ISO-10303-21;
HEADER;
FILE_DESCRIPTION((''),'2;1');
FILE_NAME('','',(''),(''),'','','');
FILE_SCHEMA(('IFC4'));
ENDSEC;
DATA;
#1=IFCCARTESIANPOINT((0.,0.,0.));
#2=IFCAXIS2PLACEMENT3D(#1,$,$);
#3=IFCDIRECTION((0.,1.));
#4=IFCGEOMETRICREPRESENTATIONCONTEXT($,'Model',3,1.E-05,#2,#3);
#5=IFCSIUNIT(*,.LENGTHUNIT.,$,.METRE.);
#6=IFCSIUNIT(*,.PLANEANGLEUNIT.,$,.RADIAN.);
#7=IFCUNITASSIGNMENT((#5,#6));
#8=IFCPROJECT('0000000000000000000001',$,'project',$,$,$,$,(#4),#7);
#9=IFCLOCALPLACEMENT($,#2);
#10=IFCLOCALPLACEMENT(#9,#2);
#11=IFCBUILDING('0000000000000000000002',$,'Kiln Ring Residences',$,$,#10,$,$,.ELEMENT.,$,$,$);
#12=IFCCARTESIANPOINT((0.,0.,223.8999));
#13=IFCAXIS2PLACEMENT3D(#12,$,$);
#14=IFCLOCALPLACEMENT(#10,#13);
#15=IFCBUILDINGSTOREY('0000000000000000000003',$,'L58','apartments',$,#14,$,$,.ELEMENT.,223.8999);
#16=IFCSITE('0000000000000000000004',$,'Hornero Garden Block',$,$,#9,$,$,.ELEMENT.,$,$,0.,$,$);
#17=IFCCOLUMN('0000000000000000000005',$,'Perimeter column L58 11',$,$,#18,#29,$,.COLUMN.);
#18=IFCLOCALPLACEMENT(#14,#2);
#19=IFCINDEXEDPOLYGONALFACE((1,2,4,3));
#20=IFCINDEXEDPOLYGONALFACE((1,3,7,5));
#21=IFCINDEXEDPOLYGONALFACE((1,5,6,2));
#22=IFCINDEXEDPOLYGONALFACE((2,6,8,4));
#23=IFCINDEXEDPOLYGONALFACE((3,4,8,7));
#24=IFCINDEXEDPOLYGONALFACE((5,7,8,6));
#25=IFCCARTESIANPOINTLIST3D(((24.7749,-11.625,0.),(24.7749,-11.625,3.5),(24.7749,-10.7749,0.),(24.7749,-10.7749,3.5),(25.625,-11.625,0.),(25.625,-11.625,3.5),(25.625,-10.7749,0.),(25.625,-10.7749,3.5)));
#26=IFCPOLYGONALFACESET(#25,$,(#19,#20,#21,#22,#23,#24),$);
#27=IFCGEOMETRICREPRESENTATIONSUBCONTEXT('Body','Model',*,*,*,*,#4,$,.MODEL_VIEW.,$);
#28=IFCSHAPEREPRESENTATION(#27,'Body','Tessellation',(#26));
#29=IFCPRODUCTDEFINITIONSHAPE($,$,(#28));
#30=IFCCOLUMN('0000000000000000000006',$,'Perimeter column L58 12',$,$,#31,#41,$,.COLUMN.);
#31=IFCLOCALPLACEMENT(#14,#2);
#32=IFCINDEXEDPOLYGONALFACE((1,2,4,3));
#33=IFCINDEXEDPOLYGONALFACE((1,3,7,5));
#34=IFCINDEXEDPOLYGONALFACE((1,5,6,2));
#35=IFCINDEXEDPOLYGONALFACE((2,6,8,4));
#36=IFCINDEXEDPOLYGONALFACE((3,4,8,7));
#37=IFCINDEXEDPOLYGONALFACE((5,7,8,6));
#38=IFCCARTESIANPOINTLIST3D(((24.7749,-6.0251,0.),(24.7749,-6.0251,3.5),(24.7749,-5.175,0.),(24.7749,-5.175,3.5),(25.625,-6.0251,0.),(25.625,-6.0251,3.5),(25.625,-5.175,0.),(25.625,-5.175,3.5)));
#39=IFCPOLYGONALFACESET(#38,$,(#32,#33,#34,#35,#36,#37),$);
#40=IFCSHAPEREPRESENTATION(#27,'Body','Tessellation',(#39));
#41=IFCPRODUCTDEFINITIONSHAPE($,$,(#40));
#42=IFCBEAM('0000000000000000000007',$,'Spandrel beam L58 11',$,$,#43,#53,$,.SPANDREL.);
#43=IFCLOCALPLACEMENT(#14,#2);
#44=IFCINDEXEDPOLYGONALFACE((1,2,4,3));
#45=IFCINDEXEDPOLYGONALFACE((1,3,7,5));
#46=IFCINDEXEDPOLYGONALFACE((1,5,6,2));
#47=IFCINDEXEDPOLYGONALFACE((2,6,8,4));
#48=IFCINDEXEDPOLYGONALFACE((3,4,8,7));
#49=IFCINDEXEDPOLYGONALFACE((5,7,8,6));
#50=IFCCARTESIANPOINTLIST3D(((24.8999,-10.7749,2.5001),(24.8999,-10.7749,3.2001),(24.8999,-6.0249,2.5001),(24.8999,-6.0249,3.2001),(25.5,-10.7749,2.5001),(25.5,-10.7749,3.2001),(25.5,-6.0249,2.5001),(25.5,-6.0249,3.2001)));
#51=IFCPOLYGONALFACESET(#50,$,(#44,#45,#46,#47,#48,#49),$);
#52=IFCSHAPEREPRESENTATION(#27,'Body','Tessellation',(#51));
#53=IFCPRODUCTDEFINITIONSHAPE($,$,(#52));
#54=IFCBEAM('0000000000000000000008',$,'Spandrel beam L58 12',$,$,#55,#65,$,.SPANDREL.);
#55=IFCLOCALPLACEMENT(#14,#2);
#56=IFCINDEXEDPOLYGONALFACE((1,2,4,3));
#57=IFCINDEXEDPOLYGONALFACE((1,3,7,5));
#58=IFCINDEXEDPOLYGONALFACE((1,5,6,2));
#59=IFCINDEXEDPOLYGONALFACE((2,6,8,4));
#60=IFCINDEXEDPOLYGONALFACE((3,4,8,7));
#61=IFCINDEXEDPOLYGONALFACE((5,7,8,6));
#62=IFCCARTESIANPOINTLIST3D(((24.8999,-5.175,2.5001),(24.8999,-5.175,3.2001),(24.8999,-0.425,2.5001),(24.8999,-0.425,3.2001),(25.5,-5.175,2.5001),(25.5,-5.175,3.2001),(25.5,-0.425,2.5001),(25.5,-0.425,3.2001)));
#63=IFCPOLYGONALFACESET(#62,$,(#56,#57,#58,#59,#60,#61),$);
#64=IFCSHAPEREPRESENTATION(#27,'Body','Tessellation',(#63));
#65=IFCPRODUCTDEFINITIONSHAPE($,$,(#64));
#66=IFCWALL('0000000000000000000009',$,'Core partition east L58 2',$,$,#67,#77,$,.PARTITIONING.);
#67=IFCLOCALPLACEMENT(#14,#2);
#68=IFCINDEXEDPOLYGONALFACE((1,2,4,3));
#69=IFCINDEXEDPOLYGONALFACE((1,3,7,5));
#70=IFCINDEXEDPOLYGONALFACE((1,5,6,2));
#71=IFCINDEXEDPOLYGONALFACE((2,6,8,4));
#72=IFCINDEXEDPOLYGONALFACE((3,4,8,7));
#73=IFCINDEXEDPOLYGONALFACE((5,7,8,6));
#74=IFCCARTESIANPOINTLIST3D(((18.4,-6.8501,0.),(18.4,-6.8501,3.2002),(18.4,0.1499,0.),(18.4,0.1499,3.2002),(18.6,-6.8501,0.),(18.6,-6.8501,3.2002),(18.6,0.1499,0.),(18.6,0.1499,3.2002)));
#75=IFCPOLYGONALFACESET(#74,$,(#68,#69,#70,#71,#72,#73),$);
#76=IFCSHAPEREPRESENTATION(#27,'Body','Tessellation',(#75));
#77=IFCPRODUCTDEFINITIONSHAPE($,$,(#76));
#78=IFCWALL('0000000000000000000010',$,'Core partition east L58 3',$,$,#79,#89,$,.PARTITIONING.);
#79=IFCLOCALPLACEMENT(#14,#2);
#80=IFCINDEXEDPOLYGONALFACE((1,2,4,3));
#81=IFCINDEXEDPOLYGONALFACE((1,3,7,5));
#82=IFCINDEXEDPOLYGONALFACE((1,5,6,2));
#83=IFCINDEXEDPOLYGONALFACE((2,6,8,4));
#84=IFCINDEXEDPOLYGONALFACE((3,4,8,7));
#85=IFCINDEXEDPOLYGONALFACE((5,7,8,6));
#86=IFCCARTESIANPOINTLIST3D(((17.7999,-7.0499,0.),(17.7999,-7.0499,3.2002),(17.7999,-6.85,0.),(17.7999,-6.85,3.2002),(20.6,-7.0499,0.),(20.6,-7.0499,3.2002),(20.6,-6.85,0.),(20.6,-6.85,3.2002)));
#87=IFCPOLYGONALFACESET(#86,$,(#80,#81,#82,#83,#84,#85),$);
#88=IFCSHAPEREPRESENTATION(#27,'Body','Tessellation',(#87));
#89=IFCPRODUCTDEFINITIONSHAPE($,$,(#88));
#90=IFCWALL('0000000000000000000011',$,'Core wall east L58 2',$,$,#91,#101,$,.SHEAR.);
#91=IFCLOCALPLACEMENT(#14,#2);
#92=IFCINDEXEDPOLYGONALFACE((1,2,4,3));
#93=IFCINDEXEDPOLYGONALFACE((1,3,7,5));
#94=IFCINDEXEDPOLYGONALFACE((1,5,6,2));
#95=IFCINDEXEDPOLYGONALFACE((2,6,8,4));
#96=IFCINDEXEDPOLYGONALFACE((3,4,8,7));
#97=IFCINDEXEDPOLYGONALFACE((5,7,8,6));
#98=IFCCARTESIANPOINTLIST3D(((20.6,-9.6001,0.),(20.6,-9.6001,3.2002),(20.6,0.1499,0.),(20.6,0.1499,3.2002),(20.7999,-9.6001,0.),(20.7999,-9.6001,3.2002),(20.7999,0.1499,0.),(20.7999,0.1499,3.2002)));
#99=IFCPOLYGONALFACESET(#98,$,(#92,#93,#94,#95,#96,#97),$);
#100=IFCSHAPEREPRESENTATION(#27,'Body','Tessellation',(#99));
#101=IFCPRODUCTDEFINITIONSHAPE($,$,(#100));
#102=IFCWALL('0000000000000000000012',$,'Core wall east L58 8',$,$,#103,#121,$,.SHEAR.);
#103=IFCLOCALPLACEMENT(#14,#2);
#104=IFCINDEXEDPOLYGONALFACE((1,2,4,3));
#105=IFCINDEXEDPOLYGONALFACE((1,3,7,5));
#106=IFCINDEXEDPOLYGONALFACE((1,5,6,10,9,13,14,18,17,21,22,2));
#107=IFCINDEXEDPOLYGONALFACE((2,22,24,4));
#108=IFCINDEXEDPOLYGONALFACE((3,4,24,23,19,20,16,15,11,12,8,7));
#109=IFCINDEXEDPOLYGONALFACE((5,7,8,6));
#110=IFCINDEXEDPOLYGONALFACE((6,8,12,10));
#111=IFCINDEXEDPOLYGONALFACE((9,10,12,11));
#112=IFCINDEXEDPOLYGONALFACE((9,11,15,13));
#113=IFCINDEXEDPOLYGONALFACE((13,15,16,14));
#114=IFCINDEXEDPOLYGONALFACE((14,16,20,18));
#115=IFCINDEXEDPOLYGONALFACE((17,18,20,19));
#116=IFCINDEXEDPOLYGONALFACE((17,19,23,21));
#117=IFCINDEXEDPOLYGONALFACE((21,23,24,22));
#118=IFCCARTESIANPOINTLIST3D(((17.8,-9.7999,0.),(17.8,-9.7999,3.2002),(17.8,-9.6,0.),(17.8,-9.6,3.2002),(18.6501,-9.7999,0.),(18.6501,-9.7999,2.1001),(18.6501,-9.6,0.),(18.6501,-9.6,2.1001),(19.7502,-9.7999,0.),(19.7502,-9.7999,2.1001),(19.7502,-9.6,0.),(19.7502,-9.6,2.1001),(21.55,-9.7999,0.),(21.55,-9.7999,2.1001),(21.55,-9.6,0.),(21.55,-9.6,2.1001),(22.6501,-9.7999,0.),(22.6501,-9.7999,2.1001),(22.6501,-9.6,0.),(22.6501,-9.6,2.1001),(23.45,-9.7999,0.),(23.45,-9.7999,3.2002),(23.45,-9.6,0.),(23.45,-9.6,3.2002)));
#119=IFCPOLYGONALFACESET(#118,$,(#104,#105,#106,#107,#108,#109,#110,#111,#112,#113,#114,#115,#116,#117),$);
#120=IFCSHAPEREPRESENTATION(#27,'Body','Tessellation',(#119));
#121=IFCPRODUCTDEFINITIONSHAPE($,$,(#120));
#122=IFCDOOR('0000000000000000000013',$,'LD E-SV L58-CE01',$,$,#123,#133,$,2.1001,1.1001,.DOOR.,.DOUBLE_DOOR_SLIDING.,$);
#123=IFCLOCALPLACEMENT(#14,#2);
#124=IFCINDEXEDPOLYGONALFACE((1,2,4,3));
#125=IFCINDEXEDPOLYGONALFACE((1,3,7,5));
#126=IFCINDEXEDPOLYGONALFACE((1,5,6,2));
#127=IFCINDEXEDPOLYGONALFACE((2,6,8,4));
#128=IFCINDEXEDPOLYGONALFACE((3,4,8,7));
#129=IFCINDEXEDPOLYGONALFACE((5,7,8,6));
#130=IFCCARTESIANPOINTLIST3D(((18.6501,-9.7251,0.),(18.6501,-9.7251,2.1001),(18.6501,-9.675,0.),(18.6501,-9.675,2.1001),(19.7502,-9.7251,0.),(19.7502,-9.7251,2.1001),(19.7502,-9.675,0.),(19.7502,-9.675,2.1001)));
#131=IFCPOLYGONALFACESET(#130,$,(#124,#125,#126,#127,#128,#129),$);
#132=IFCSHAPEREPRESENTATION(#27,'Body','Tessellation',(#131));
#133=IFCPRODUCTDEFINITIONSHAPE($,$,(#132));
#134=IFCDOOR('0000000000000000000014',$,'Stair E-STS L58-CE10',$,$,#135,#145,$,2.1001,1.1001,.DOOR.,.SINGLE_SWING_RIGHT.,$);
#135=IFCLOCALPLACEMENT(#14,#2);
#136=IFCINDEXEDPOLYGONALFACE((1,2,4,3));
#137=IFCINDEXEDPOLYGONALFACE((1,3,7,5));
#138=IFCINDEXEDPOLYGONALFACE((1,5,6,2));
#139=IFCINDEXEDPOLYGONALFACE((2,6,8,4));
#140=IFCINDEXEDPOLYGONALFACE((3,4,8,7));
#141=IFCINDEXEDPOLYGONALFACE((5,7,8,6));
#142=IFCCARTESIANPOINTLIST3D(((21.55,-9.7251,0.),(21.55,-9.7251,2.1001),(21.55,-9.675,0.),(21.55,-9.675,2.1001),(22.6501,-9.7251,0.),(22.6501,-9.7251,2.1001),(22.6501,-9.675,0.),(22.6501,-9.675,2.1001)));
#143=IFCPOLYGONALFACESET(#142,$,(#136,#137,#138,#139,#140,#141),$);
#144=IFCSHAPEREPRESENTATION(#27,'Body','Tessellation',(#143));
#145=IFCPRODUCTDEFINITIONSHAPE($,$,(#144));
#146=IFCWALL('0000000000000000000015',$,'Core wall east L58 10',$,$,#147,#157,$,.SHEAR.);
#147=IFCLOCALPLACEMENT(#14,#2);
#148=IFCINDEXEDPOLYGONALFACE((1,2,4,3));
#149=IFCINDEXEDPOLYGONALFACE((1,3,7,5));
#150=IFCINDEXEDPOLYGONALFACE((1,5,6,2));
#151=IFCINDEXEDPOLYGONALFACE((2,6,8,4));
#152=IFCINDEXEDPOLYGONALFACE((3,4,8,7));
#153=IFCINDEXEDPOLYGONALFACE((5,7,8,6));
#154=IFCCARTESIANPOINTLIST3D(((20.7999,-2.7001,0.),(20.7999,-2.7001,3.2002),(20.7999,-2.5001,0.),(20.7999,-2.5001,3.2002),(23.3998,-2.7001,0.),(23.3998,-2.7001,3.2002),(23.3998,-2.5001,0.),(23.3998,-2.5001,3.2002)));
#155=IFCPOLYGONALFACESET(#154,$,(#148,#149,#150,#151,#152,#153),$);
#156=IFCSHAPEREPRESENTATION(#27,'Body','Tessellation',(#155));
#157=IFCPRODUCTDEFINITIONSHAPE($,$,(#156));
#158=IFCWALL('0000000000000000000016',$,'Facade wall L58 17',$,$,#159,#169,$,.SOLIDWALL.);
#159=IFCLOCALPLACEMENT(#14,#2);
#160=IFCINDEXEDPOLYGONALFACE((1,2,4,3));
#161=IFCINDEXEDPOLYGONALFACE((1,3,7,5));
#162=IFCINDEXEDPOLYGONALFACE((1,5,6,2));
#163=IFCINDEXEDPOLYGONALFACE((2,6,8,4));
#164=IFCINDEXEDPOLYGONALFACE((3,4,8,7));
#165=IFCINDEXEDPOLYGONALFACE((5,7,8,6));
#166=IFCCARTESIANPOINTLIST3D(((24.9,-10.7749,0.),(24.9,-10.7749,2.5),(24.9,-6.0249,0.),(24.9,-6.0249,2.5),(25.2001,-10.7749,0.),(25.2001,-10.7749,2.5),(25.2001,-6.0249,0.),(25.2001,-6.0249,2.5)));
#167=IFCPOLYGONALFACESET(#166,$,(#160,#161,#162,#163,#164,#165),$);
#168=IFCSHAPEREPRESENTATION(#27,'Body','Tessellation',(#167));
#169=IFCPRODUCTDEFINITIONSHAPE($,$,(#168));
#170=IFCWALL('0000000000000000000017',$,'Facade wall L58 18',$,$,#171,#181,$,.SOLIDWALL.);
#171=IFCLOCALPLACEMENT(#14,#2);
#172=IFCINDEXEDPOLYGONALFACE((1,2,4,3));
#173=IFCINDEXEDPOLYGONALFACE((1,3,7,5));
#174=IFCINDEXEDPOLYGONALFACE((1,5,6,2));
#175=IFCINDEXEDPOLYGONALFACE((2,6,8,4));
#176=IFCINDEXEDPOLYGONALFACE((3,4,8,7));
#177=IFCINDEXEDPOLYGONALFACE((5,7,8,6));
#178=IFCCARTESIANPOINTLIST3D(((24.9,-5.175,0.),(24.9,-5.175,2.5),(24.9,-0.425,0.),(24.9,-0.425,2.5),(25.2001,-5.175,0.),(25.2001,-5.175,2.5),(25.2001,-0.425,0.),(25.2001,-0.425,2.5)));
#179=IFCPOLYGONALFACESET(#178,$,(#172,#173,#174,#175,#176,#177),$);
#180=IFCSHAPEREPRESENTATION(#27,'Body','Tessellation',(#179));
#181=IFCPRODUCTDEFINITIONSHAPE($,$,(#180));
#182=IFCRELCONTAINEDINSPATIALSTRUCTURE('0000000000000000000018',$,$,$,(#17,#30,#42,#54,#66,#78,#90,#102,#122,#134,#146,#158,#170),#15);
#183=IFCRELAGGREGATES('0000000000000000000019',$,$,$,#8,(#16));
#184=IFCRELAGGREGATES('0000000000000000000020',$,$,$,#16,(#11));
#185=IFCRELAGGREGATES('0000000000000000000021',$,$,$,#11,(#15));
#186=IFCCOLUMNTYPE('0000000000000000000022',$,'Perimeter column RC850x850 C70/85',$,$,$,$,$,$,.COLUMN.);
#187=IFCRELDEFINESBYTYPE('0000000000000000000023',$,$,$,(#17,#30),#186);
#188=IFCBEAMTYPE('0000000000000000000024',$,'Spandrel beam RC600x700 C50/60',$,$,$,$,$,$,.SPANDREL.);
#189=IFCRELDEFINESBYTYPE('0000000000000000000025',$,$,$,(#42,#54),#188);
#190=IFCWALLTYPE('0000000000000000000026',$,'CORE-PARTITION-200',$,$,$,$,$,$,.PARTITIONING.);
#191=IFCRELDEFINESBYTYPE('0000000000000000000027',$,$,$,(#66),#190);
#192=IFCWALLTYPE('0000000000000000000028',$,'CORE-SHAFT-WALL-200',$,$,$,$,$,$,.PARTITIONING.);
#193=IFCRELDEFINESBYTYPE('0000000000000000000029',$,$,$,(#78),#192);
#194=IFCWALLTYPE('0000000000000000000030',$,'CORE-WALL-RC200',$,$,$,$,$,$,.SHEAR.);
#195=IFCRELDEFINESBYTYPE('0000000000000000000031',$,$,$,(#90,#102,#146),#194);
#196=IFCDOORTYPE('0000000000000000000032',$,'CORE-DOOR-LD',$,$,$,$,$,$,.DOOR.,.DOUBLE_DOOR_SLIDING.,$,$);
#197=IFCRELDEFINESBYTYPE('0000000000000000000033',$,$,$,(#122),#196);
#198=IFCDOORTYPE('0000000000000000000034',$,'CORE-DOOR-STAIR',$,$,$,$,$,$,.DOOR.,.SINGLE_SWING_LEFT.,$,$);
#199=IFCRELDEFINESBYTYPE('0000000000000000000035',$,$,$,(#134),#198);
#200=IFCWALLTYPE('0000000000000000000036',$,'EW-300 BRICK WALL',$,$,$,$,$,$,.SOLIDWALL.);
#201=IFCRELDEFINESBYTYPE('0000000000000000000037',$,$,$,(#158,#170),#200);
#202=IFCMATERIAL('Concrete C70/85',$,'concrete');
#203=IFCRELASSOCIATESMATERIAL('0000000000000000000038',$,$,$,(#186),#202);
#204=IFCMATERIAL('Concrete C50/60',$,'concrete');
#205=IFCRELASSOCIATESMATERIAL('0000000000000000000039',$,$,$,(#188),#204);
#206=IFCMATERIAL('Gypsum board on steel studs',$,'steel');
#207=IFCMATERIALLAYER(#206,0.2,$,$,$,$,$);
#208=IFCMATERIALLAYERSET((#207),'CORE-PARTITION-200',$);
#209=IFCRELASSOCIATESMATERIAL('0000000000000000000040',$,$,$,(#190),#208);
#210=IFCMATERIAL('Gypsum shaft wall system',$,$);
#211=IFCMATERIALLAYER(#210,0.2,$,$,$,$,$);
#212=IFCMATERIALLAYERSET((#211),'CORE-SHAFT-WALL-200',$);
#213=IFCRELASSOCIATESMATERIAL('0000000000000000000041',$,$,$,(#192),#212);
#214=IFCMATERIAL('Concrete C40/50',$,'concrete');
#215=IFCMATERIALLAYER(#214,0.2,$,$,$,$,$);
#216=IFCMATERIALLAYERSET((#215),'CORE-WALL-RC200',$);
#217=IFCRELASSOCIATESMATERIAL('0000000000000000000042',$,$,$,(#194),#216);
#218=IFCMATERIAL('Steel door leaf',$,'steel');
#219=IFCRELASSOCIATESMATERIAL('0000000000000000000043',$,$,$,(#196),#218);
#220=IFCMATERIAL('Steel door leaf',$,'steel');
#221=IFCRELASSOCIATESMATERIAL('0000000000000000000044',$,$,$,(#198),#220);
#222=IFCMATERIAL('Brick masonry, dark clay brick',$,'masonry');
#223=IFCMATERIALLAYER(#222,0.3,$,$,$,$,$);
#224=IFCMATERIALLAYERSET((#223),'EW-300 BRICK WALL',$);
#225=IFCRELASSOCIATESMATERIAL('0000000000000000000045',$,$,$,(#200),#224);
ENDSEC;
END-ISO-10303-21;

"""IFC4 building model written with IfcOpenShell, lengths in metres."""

from ifc_helpers import new_model, si_unit, direction, frame, frame_2d, origin, origin_2d, place, context, subcontext, project, spatial, rectangle, extrude, material, layer, layer_set, material_profile, profile_set, type_object, element, fill, save


model = new_model("IFC4")

# Units and contexts
model_context = context("Model", 3, precision=1e-05, world=origin(), true_north=direction((0.0, 1.0)))
body_context = subcontext(model_context, "Body", "Model", "MODEL_VIEW")
ifc_project = project(units=[si_unit("LENGTHUNIT", "METRE"), si_unit("PLANEANGLEUNIT", "RADIAN")], contexts=[model_context])

# Site, building, storey
site_placement = place(None, origin())
site = spatial("IfcSite", under=ifc_project, at=site_placement, Name="Hornero Garden Block", CompositionType="ELEMENT", RefElevation=0.0)
building_placement = place(site_placement, origin())
building = spatial("IfcBuilding", under=site, at=building_placement, Name="Kiln Ring Residences", CompositionType="ELEMENT")
storey_placement = place(building_placement, frame((0.0, 0.0, 223.8999)))
storey = spatial("IfcBuildingStorey", under=building, at=storey_placement, Name="L58", Description="apartments", CompositionType="ELEMENT", Elevation=223.8999)

# Columns
ifc_material_1 = material(Name="Concrete C70/85", Category="concrete")
ifc_material_profile_1 = material_profile(ifc_material_1, rectangle(XDim=0.8501, YDim=0.8501, at=origin_2d()), Name="RC850x850")
ifc_profile_set_1 = profile_set([ifc_material_profile_1], Name="Concrete C70/85")
column_type = type_object("IfcColumnType", Name="Perimeter column RC850x850 C70/85", PredefinedType="COLUMN", material=ifc_profile_set_1)
for number, where, z_axis, x_axis, name in (
    (1, (25.2, -11.2, 0.0), (0.0, 0.0, 1.0), (1.0, 0.0, 0.0), "Perimeter column L58 11"),
    (2, (25.2, -5.6001, 0.0), (0.0, 0.0, 1.0), (1.0, 0.0, 0.0), "Perimeter column L58 12"),
):
    element("IfcColumn", number, at=place(storey_placement, frame(where, z_axis=z_axis, x_axis=x_axis)), inside=storey, type_object=column_type, Name=name, PredefinedType="COLUMN", context=body_context, shape_type="SweptSolid", body=[
        extrude(rectangle(XDim=0.8501, YDim=0.8501, at=origin_2d()), origin(), (0.0, 0.0, 1.0), 3.5),
    ])

# Beams
ifc_material_2 = material(Name="Concrete C50/60", Category="concrete")
ifc_material_profile_2 = material_profile(ifc_material_2, rectangle(XDim=0.6001, YDim=0.7, at=origin_2d()), Name="RC600x700")
ifc_profile_set_2 = profile_set([ifc_material_profile_2], Name="Concrete C50/60")
beam_type = type_object("IfcBeamType", Name="Spandrel beam RC600x700 C50/60", PredefinedType="SPANDREL", material=ifc_profile_set_2)
for number, where, z_axis, x_axis, name in (
    (3, (25.2, -10.7749, 2.8501), (0.0, 1.0, 0.0), (-1.0, 0.0, 0.0), "Spandrel beam L58 11"),
    (4, (25.2, -5.175, 2.8501), (0.0, 1.0, 0.0), (-1.0, 0.0, 0.0), "Spandrel beam L58 12"),
):
    element("IfcBeam", number, at=place(storey_placement, frame(where, z_axis=z_axis, x_axis=x_axis)), inside=storey, type_object=beam_type, Name=name, PredefinedType="SPANDREL", context=body_context, shape_type="SweptSolid", body=[
        extrude(rectangle(XDim=0.6001, YDim=0.7, at=origin_2d()), origin(), (0.0, 0.0, 1.0), 4.75),
    ])

# Walls
ifc_material_3 = material(Name="Gypsum board on steel studs", Category="steel")
ifc_layer_1 = layer(ifc_material_3, 0.2)
ifc_layer_set_1 = layer_set([ifc_layer_1], Name="CORE-PARTITION-200")
wall_type_1 = type_object("IfcWallType", Name="CORE-PARTITION-200", PredefinedType="PARTITIONING", material=ifc_layer_set_1)
wall_1_placement = place(storey_placement, frame((18.5, -6.8501, 0.0), z_axis=(0.0, 0.0, 1.0), x_axis=(0.0, 1.0, 0.0)))
element("IfcWall", 5, at=wall_1_placement, inside=storey, type_object=wall_type_1, Name="Core partition east L58 2", PredefinedType="PARTITIONING", context=body_context, shape_type="SweptSolid", body=[
    extrude(rectangle(XDim=7.0, YDim=0.2, at=frame_2d((3.5, 0.0))), origin(), (0.0, 0.0, 1.0), 3.2002),
])
ifc_material_4 = material(Name="Gypsum shaft wall system")
ifc_layer_2 = layer(ifc_material_4, 0.2)
ifc_layer_set_2 = layer_set([ifc_layer_2], Name="CORE-SHAFT-WALL-200")
wall_type_2 = type_object("IfcWallType", Name="CORE-SHAFT-WALL-200", PredefinedType="PARTITIONING", material=ifc_layer_set_2)
wall_2_placement = place(storey_placement, frame((17.8, -6.95, 0.0), z_axis=(0.0, 0.0, 1.0), x_axis=(1.0, 0.0, 0.0)))
element("IfcWall", 6, at=wall_2_placement, inside=storey, type_object=wall_type_2, Name="Core partition east L58 3", PredefinedType="PARTITIONING", context=body_context, shape_type="SweptSolid", body=[
    extrude(rectangle(XDim=2.8, YDim=0.2, at=frame_2d((1.3999, 0.0))), origin(), (0.0, 0.0, 1.0), 3.2002),
])
ifc_material_5 = material(Name="Concrete C40/50", Category="concrete")
ifc_layer_3 = layer(ifc_material_5, 0.2)
ifc_layer_set_3 = layer_set([ifc_layer_3], Name="CORE-WALL-RC200")
wall_type_3 = type_object("IfcWallType", Name="CORE-WALL-RC200", PredefinedType="SHEAR", material=ifc_layer_set_3)
wall_3_placement = place(storey_placement, frame((20.7, -9.6001, 0.0), z_axis=(0.0, 0.0, 1.0), x_axis=(0.0, 1.0, 0.0)))
element("IfcWall", 7, at=wall_3_placement, inside=storey, type_object=wall_type_3, Name="Core wall east L58 2", PredefinedType="SHEAR", context=body_context, shape_type="SweptSolid", body=[
    extrude(rectangle(XDim=9.75, YDim=0.2, at=frame_2d((4.875, 0.0))), origin(), (0.0, 0.0, 1.0), 3.2002),
])

# Wall, openings, doors
wall_4_placement = place(storey_placement, frame((17.8, -9.7, 0.0), z_axis=(0.0, 0.0, 1.0), x_axis=(1.0, 0.0, 0.0)))
wall_4 = element("IfcWall", 8, at=wall_4_placement, inside=storey, type_object=wall_type_3, Name="Core wall east L58 8", PredefinedType="SHEAR", context=body_context, shape_type="SweptSolid", body=[
    extrude(rectangle(XDim=5.6499, YDim=0.2, at=frame_2d((2.825, 0.0))), origin(), (0.0, 0.0, 1.0), 3.2002),
])
opening_1_placement = place(wall_4_placement, frame((0.8501, 0.0, 0.0)))
opening_1 = element("IfcOpeningElement", 9, at=opening_1_placement, cuts=wall_4, PredefinedType="OPENING", context=body_context, shape_type="SweptSolid", body=[
    extrude(rectangle(XDim=1.1001, YDim=2.1001, at=frame_2d((0.55, 1.05))), frame((0.0, 0.1099, 0.0), z_axis=(0.0, -1.0, 0.0), x_axis=(1.0, 0.0, 0.0)), (0.0, 0.0, 1.0), 0.22),
])
opening_2_placement = place(wall_4_placement, frame((3.75, 0.0, 0.0)))
opening_2 = element("IfcOpeningElement", 10, at=opening_2_placement, cuts=wall_4, PredefinedType="OPENING", context=body_context, shape_type="SweptSolid", body=[
    extrude(rectangle(XDim=1.1001, YDim=2.1001, at=frame_2d((0.55, 1.05))), frame((0.0, 0.1099, 0.0), z_axis=(0.0, -1.0, 0.0), x_axis=(1.0, 0.0, 0.0)), (0.0, 0.0, 1.0), 0.22),
])
ifc_material_6 = material(Name="Steel door leaf", Category="steel")
door_type_1 = type_object("IfcDoorType", Name="CORE-DOOR-LD", OperationType="DOUBLE_DOOR_SLIDING", PredefinedType="DOOR", material=ifc_material_6)
door_1_placement = place(opening_1_placement, origin())
door_1 = element("IfcDoor", 11, at=door_1_placement, inside=storey, type_object=door_type_1, Name="LD E-SV L58-CE01", OperationType="DOUBLE_DOOR_SLIDING", OverallHeight=2.1001, OverallWidth=1.1001, PredefinedType="DOOR", context=body_context, shape_type="SweptSolid", body=[
    extrude(rectangle(XDim=1.1001, YDim=2.1001, at=frame_2d((0.55, 1.05))), frame((0.0, 0.0249, 0.0), z_axis=(0.0, -1.0, 0.0), x_axis=(1.0, 0.0, 0.0)), (0.0, 0.0, 1.0), 0.05),
])
fill(opening_1, door_1)
ifc_material_7 = material(Name="Steel door leaf", Category="steel")
door_type_2 = type_object("IfcDoorType", Name="CORE-DOOR-STAIR", OperationType="SINGLE_SWING_LEFT", PredefinedType="DOOR", material=ifc_material_7)
door_2_placement = place(opening_2_placement, origin())
door_2 = element("IfcDoor", 12, at=door_2_placement, inside=storey, type_object=door_type_2, Name="Stair E-STS L58-CE10", OperationType="SINGLE_SWING_RIGHT", OverallHeight=2.1001, OverallWidth=1.1001, PredefinedType="DOOR", context=body_context, shape_type="SweptSolid", body=[
    extrude(rectangle(XDim=1.1001, YDim=2.1001, at=frame_2d((0.55, 1.05))), frame((0.0, 0.0249, 0.0), z_axis=(0.0, -1.0, 0.0), x_axis=(1.0, 0.0, 0.0)), (0.0, 0.0, 1.0), 0.05),
])
fill(opening_2, door_2)

# Walls
wall_5_placement = place(storey_placement, frame((20.8, -2.6001, 0.0), z_axis=(0.0, 0.0, 1.0), x_axis=(1.0, 0.0, 0.0)))
element("IfcWall", 13, at=wall_5_placement, inside=storey, type_object=wall_type_3, Name="Core wall east L58 10", PredefinedType="SHEAR", context=body_context, shape_type="SweptSolid", body=[
    extrude(rectangle(XDim=2.5999, YDim=0.2, at=frame_2d((1.2998, 0.0))), origin(), (0.0, 0.0, 1.0), 3.2002),
])
ifc_material_8 = material(Name="Brick masonry, dark clay brick", Category="masonry")
ifc_layer_4 = layer(ifc_material_8, 0.3)
ifc_layer_set_4 = layer_set([ifc_layer_4], Name="EW-300 BRICK WALL")
wall_type_4 = type_object("IfcWallType", Name="EW-300 BRICK WALL", PredefinedType="SOLIDWALL", material=ifc_layer_set_4)
for number, where, z_axis, x_axis, name in (
    (14, (25.05, -10.7749, 0.0), (0.0, 0.0, 1.0), (0.0, 1.0, 0.0), "Facade wall L58 17"),
    (15, (25.05, -5.175, 0.0), (0.0, 0.0, 1.0), (0.0, 1.0, 0.0), "Facade wall L58 18"),
):
    element("IfcWall", number, at=place(storey_placement, frame(where, z_axis=z_axis, x_axis=x_axis)), inside=storey, type_object=wall_type_4, Name=name, PredefinedType="SOLIDWALL", context=body_context, shape_type="SweptSolid", body=[
        extrude(rectangle(XDim=4.75, YDim=0.3, at=frame_2d((2.375, 0.0))), origin(), (0.0, 0.0, 1.0), 2.5),
    ])

save(model, "model.ifc")
